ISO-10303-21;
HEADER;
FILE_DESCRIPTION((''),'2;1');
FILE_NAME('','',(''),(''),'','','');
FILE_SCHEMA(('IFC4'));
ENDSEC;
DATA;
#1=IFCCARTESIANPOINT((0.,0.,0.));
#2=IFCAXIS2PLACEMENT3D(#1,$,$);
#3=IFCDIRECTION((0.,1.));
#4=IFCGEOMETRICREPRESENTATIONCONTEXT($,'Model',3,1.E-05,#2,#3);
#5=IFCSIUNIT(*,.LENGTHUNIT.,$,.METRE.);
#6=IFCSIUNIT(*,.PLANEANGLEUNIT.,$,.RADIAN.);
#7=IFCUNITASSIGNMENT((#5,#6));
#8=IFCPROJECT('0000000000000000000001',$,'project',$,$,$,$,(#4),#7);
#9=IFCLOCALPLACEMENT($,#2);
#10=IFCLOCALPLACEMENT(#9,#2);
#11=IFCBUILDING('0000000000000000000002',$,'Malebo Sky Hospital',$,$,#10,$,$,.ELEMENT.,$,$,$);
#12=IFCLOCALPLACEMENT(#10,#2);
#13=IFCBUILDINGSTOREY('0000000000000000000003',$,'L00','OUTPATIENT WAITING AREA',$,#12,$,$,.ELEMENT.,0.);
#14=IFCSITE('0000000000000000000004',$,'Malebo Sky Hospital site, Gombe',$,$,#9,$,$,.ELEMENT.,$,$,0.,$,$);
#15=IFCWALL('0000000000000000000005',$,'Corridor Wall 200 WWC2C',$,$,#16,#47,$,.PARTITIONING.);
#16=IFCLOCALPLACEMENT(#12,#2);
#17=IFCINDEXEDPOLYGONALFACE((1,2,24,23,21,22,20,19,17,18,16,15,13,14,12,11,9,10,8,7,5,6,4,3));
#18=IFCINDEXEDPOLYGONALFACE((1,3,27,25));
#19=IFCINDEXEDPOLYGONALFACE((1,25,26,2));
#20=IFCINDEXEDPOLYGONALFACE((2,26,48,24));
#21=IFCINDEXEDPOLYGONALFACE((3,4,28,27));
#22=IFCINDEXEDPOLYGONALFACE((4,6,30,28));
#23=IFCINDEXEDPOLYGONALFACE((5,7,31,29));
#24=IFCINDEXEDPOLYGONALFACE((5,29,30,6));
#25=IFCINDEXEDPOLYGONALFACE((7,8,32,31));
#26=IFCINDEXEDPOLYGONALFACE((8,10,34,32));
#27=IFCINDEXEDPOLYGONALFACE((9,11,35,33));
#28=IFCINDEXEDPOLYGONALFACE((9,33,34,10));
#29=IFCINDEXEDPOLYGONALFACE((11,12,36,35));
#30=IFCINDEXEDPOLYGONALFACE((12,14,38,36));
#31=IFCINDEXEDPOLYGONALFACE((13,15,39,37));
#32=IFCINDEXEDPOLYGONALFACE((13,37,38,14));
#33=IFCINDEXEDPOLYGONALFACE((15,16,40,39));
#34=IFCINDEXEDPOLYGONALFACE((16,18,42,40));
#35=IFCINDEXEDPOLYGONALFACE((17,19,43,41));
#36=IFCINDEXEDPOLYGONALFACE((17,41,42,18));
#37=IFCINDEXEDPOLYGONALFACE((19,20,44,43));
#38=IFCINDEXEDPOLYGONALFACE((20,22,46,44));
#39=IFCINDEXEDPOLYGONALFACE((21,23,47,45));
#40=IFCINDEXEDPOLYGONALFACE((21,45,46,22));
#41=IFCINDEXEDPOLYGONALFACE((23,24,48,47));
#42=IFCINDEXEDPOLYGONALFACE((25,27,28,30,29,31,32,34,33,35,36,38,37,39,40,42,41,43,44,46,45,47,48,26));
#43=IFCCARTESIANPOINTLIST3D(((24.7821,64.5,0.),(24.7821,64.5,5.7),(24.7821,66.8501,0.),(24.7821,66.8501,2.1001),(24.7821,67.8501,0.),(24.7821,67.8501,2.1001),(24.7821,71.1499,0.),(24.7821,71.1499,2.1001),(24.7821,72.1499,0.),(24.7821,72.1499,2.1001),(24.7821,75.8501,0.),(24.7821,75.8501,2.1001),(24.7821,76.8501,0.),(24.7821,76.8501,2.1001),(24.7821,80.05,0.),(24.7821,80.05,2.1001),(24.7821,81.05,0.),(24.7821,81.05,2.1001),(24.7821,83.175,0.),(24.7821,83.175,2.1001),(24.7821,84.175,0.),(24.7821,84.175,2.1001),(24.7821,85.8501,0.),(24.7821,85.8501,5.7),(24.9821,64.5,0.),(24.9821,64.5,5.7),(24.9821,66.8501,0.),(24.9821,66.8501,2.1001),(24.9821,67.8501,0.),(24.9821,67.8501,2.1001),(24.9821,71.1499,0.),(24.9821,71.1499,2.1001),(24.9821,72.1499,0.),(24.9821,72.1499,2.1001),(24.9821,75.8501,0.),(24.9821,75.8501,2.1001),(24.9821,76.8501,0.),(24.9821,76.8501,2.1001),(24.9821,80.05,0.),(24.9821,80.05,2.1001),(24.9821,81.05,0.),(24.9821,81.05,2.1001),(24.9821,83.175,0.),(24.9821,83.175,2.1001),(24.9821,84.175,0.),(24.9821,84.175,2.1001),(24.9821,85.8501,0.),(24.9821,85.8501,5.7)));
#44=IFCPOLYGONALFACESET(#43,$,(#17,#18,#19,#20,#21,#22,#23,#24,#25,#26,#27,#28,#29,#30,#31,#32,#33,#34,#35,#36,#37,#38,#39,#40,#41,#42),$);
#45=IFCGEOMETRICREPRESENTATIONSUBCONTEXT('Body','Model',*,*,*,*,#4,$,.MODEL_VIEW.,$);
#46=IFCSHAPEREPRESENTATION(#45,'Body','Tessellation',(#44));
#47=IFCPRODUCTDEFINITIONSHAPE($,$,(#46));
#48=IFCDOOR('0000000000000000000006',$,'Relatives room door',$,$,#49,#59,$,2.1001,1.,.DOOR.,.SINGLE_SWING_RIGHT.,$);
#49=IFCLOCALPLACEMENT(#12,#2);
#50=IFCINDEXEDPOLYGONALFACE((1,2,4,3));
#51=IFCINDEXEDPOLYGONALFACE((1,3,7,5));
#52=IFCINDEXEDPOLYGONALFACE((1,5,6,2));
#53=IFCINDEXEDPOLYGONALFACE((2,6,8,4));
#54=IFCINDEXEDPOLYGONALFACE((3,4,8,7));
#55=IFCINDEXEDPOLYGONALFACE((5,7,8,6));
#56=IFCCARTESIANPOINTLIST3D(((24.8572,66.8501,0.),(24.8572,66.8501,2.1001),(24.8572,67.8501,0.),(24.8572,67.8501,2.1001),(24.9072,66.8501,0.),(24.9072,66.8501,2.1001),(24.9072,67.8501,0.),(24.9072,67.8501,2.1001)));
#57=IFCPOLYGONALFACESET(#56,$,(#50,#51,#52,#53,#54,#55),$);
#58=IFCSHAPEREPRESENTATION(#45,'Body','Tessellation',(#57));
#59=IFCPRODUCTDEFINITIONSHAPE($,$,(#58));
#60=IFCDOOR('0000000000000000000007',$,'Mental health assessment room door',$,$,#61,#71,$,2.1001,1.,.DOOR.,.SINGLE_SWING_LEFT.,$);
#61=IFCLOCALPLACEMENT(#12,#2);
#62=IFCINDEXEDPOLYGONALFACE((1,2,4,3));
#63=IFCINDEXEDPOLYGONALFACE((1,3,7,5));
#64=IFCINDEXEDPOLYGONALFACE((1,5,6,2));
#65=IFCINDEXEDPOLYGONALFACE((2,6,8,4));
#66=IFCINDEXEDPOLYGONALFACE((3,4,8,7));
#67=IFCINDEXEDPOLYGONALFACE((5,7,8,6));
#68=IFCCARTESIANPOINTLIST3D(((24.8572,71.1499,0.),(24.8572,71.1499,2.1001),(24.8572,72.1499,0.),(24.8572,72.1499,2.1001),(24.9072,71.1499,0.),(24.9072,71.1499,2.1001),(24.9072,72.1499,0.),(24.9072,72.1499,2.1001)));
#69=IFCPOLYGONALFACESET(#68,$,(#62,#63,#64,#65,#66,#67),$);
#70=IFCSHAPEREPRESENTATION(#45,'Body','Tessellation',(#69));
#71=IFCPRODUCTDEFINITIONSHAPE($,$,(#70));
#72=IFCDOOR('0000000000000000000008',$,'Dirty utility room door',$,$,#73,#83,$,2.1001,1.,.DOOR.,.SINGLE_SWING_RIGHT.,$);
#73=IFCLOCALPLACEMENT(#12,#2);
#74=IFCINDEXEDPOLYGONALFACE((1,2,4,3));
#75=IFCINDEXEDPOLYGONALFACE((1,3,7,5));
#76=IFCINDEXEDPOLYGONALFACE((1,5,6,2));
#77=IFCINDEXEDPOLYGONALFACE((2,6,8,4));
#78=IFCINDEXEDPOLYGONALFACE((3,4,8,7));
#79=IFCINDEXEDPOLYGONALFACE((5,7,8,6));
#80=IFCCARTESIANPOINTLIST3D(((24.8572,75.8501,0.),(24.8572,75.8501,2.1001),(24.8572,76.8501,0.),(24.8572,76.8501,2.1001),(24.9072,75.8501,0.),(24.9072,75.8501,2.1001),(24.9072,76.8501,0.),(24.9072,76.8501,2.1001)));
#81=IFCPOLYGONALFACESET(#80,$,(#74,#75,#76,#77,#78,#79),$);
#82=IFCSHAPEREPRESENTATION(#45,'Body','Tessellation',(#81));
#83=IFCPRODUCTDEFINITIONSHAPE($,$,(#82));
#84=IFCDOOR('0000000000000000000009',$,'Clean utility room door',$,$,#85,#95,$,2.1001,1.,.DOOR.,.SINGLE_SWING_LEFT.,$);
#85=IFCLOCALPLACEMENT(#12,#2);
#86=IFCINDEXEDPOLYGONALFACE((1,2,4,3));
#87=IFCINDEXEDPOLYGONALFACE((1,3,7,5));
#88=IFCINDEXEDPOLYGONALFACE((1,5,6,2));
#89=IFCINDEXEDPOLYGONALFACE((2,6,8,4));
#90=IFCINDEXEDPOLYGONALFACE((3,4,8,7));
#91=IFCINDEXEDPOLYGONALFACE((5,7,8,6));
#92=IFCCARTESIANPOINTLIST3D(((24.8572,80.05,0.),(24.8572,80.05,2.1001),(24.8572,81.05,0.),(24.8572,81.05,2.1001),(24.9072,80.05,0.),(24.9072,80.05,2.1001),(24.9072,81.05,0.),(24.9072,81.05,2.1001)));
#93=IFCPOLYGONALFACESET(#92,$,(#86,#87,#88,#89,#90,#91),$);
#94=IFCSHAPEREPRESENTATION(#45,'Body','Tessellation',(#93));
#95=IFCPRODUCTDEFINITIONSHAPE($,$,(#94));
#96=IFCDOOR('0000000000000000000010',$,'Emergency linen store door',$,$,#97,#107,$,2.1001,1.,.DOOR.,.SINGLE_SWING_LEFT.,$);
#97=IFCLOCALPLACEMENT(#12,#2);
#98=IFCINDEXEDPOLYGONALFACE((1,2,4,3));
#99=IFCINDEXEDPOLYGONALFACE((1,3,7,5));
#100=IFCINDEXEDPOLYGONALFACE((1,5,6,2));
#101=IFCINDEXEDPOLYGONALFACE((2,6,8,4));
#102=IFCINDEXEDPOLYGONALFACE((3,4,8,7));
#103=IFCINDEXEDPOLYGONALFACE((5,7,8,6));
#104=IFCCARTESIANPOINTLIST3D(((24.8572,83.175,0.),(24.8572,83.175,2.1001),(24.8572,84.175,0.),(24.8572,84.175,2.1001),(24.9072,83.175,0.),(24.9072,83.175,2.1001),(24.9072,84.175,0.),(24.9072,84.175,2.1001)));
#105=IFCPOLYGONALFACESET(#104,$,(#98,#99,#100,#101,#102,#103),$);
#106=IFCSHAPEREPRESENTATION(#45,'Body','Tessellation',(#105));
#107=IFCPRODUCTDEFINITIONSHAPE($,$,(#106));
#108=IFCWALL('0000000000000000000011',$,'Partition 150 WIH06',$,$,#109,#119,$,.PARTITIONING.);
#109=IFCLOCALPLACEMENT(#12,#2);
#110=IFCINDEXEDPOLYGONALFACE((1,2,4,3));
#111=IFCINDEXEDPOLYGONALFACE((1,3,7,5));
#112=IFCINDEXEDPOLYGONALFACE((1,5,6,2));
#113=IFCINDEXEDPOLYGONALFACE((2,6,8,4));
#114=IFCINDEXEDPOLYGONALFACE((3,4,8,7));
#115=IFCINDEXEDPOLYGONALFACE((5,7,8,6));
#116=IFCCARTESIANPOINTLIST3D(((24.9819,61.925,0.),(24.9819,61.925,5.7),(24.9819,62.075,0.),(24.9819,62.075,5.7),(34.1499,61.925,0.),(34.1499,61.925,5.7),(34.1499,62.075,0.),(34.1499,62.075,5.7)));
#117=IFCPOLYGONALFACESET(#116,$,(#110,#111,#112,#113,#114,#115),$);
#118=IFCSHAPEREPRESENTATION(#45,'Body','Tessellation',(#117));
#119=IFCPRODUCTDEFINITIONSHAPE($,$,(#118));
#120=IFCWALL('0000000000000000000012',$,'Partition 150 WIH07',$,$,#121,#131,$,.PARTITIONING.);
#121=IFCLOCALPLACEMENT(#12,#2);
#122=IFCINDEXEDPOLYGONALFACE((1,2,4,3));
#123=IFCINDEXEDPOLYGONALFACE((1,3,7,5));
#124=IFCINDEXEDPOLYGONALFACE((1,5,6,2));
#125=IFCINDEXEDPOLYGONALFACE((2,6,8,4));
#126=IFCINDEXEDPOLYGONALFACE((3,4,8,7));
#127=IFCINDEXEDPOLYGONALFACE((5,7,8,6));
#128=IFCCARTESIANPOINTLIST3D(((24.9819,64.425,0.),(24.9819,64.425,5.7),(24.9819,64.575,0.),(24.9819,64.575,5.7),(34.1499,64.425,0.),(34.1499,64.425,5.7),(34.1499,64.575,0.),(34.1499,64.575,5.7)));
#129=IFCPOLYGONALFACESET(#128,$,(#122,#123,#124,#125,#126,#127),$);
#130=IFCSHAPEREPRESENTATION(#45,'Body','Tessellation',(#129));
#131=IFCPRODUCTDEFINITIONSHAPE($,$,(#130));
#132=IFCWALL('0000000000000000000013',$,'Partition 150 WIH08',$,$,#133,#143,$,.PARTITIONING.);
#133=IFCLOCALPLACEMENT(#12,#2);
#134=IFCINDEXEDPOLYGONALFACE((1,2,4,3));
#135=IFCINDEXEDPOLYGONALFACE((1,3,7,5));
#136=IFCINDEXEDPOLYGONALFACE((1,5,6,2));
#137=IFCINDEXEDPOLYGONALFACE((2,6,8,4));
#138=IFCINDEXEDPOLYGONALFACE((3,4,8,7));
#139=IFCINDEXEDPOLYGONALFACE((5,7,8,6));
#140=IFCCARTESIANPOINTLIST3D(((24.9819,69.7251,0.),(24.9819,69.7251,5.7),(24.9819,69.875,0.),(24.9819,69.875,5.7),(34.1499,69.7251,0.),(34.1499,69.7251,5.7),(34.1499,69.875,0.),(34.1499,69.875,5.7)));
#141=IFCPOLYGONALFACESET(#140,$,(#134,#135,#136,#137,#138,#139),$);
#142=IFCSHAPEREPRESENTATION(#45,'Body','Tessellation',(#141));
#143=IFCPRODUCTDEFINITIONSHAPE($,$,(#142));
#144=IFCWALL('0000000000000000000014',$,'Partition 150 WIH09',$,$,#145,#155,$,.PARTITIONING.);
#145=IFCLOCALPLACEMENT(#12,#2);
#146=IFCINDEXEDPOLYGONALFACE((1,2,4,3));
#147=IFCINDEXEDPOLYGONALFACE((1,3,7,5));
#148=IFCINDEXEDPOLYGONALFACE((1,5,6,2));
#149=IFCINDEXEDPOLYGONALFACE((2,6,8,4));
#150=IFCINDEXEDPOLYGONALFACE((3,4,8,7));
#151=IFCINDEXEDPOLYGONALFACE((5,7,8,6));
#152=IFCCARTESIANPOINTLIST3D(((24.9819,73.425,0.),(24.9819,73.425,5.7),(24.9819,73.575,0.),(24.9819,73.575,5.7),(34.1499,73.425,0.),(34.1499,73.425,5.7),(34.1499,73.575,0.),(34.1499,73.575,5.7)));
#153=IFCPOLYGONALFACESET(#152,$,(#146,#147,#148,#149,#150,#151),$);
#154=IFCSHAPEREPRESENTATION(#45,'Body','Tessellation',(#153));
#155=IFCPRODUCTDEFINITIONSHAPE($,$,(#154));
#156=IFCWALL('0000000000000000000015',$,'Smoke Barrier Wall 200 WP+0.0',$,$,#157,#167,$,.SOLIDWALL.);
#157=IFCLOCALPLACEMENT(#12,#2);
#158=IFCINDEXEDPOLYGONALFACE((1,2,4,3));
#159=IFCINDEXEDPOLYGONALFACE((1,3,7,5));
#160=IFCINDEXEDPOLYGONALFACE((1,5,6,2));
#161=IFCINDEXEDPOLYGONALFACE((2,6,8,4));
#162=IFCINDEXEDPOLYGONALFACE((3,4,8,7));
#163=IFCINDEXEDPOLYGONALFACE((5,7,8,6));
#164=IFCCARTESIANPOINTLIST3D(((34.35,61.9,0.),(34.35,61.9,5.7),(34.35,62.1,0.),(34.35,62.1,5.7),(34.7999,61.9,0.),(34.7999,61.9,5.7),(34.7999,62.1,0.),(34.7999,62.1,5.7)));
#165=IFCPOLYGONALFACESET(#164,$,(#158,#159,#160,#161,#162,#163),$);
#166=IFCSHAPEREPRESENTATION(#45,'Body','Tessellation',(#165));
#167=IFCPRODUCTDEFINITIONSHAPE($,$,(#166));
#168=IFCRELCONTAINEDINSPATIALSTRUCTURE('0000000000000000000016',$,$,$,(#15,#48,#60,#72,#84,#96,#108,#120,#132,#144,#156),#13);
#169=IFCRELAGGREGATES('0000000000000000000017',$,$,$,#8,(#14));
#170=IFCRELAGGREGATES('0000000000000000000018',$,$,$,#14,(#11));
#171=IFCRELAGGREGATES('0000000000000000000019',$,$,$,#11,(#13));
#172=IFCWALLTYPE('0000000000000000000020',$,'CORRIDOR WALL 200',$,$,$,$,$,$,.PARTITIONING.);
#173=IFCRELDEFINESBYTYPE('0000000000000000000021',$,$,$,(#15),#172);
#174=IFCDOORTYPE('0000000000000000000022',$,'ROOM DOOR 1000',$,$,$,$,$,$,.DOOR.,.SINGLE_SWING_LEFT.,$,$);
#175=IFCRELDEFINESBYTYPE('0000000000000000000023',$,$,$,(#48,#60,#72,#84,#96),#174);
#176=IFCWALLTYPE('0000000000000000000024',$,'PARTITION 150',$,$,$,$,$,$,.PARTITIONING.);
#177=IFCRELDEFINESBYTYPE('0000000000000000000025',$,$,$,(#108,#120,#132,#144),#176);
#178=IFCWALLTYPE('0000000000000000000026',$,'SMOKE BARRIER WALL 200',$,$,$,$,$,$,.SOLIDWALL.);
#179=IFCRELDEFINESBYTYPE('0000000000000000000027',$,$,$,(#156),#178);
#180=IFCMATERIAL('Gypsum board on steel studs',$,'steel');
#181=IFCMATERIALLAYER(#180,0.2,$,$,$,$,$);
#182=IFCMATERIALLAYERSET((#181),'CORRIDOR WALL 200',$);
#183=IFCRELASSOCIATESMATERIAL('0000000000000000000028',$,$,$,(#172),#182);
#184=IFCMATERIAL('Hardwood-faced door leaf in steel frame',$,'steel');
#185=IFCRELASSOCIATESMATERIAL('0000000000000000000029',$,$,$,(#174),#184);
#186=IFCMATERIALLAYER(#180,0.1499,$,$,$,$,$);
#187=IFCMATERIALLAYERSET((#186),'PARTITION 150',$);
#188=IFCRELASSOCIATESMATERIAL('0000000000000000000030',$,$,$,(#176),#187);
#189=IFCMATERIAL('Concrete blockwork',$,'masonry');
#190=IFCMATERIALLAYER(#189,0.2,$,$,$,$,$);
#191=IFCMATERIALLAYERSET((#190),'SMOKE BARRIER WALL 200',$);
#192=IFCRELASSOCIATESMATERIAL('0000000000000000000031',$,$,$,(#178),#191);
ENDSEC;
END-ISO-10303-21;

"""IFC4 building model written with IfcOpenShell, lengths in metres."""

from ifc_helpers import new_model, si_unit, direction, frame, frame_2d, origin, place, context, subcontext, project, spatial, rectangle, extrude, material, layer, layer_set, type_object, element, fill, save


model = new_model("IFC4")

# Units and contexts
model_context = context("Model", 3, precision=1e-05, world=origin(), true_north=direction((0.0, 1.0)))
body_context = subcontext(model_context, "Body", "Model", "MODEL_VIEW")
ifc_project = project(units=[si_unit("LENGTHUNIT", "METRE"), si_unit("PLANEANGLEUNIT", "RADIAN")], contexts=[model_context])

# Site, building, storey
site_placement = place(None, origin())
site = spatial("IfcSite", under=ifc_project, at=site_placement, Name="Malebo Sky Hospital site, Gombe", CompositionType="ELEMENT", RefElevation=0.0)
building_placement = place(site_placement, origin())
building = spatial("IfcBuilding", under=site, at=building_placement, Name="Malebo Sky Hospital", CompositionType="ELEMENT")
storey_placement = place(building_placement, origin())
storey = spatial("IfcBuildingStorey", under=building, at=storey_placement, Name="L00", Description="OUTPATIENT WAITING AREA", CompositionType="ELEMENT", Elevation=0.0)

# Wall, openings, doors
ifc_material_1 = material(Name="Gypsum board on steel studs", Category="steel")
ifc_layer_1 = layer(ifc_material_1, 0.2)
ifc_layer_set_1 = layer_set([ifc_layer_1], Name="CORRIDOR WALL 200")
wall_type_1 = type_object("IfcWallType", Name="CORRIDOR WALL 200", PredefinedType="PARTITIONING", material=ifc_layer_set_1)
wall_1_placement = place(storey_placement, frame((24.8821, 64.5, 0.0), z_axis=(0.0, 0.0, 1.0), x_axis=(0.0, 1.0, 0.0)))
wall_1 = element("IfcWall", 1, at=wall_1_placement, inside=storey, type_object=wall_type_1, Name="Corridor Wall 200 WWC2C", PredefinedType="PARTITIONING", context=body_context, shape_type="SweptSolid", body=[
    extrude(rectangle(XDim=21.3501, YDim=0.2, at=frame_2d((10.675, 0.0))), origin(), (0.0, 0.0, 1.0), 5.7),
])
opening_1_placement = place(wall_1_placement, frame((2.3501, 0.0, 0.0)))
opening_1 = element("IfcOpeningElement", 2, at=opening_1_placement, cuts=wall_1, PredefinedType="OPENING", context=body_context, shape_type="SweptSolid", body=[
    extrude(rectangle(XDim=1.0, YDim=2.1001, at=frame_2d((0.5, 1.05))), frame((0.0, 0.1099, 0.0), z_axis=(0.0, -1.0, 0.0), x_axis=(1.0, 0.0, 0.0)), (0.0, 0.0, 1.0), 0.22),
])
opening_2_placement = place(wall_1_placement, frame((6.6499, 0.0, 0.0)))
opening_2 = element("IfcOpeningElement", 3, at=opening_2_placement, cuts=wall_1, PredefinedType="OPENING", context=body_context, shape_type="SweptSolid", body=[
    extrude(rectangle(XDim=1.0, YDim=2.1001, at=frame_2d((0.5, 1.05))), frame((0.0, 0.1099, 0.0), z_axis=(0.0, -1.0, 0.0), x_axis=(1.0, 0.0, 0.0)), (0.0, 0.0, 1.0), 0.22),
])
opening_3_placement = place(wall_1_placement, frame((11.3501, 0.0, 0.0)))
opening_3 = element("IfcOpeningElement", 4, at=opening_3_placement, cuts=wall_1, PredefinedType="OPENING", context=body_context, shape_type="SweptSolid", body=[
    extrude(rectangle(XDim=1.0, YDim=2.1001, at=frame_2d((0.5, 1.05))), frame((0.0, 0.1099, 0.0), z_axis=(0.0, -1.0, 0.0), x_axis=(1.0, 0.0, 0.0)), (0.0, 0.0, 1.0), 0.22),
])
opening_4_placement = place(wall_1_placement, frame((15.55, 0.0, 0.0)))
opening_4 = element("IfcOpeningElement", 5, at=opening_4_placement, cuts=wall_1, PredefinedType="OPENING", context=body_context, shape_type="SweptSolid", body=[
    extrude(rectangle(XDim=1.0, YDim=2.1001, at=frame_2d((0.5, 1.05))), frame((0.0, 0.1099, 0.0), z_axis=(0.0, -1.0, 0.0), x_axis=(1.0, 0.0, 0.0)), (0.0, 0.0, 1.0), 0.22),
])
opening_5_placement = place(wall_1_placement, frame((18.675, 0.0, 0.0)))
opening_5 = element("IfcOpeningElement", 6, at=opening_5_placement, cuts=wall_1, PredefinedType="OPENING", context=body_context, shape_type="SweptSolid", body=[
    extrude(rectangle(XDim=1.0, YDim=2.1001, at=frame_2d((0.5, 1.05))), frame((0.0, 0.1099, 0.0), z_axis=(0.0, -1.0, 0.0), x_axis=(1.0, 0.0, 0.0)), (0.0, 0.0, 1.0), 0.22),
])
ifc_material_2 = material(Name="Hardwood-faced door leaf in steel frame", Category="steel")
door_type = type_object("IfcDoorType", Name="ROOM DOOR 1000", OperationType="SINGLE_SWING_LEFT", PredefinedType="DOOR", material=ifc_material_2)
door_1_placement = place(opening_1_placement, origin())
door_1 = element("IfcDoor", 7, at=door_1_placement, inside=storey, type_object=door_type, Name="Relatives room door", OperationType="SINGLE_SWING_RIGHT", OverallHeight=2.1001, OverallWidth=1.0, PredefinedType="DOOR", context=body_context, shape_type="SweptSolid", body=[
    extrude(rectangle(XDim=1.0, YDim=2.1001, at=frame_2d((0.5, 1.05))), frame((0.0, 0.0249, 0.0), z_axis=(0.0, -1.0, 0.0), x_axis=(1.0, 0.0, 0.0)), (0.0, 0.0, 1.0), 0.05),
])
fill(opening_1, door_1)
door_2_placement = place(opening_2_placement, origin())
door_2 = element("IfcDoor", 8, at=door_2_placement, inside=storey, type_object=door_type, Name="Mental health assessment room door", OperationType="SINGLE_SWING_LEFT", OverallHeight=2.1001, OverallWidth=1.0, PredefinedType="DOOR", context=body_context, shape_type="SweptSolid", body=[
    extrude(rectangle(XDim=1.0, YDim=2.1001, at=frame_2d((0.5, 1.05))), frame((0.0, 0.0249, 0.0), z_axis=(0.0, -1.0, 0.0), x_axis=(1.0, 0.0, 0.0)), (0.0, 0.0, 1.0), 0.05),
])
fill(opening_2, door_2)
door_3_placement = place(opening_3_placement, origin())
door_3 = element("IfcDoor", 9, at=door_3_placement, inside=storey, type_object=door_type, Name="Dirty utility room door", OperationType="SINGLE_SWING_RIGHT", OverallHeight=2.1001, OverallWidth=1.0, PredefinedType="DOOR", context=body_context, shape_type="SweptSolid", body=[
    extrude(rectangle(XDim=1.0, YDim=2.1001, at=frame_2d((0.5, 1.05))), frame((0.0, 0.0249, 0.0), z_axis=(0.0, -1.0, 0.0), x_axis=(1.0, 0.0, 0.0)), (0.0, 0.0, 1.0), 0.05),
])
fill(opening_3, door_3)
door_4_placement = place(opening_4_placement, origin())
door_4 = element("IfcDoor", 10, at=door_4_placement, inside=storey, type_object=door_type, Name="Clean utility room door", OperationType="SINGLE_SWING_LEFT", OverallHeight=2.1001, OverallWidth=1.0, PredefinedType="DOOR", context=body_context, shape_type="SweptSolid", body=[
    extrude(rectangle(XDim=1.0, YDim=2.1001, at=frame_2d((0.5, 1.05))), frame((0.0, 0.0249, 0.0), z_axis=(0.0, -1.0, 0.0), x_axis=(1.0, 0.0, 0.0)), (0.0, 0.0, 1.0), 0.05),
])
fill(opening_4, door_4)
door_5_placement = place(opening_5_placement, origin())
door_5 = element("IfcDoor", 11, at=door_5_placement, inside=storey, type_object=door_type, Name="Emergency linen store door", OperationType="SINGLE_SWING_LEFT", OverallHeight=2.1001, OverallWidth=1.0, PredefinedType="DOOR", context=body_context, shape_type="SweptSolid", body=[
    extrude(rectangle(XDim=1.0, YDim=2.1001, at=frame_2d((0.5, 1.05))), frame((0.0, 0.0249, 0.0), z_axis=(0.0, -1.0, 0.0), x_axis=(1.0, 0.0, 0.0)), (0.0, 0.0, 1.0), 0.05),
])
fill(opening_5, door_5)

# Walls
ifc_layer_2 = layer(ifc_material_1, 0.1499)
ifc_layer_set_2 = layer_set([ifc_layer_2], Name="PARTITION 150")
wall_type_2 = type_object("IfcWallType", Name="PARTITION 150", PredefinedType="PARTITIONING", material=ifc_layer_set_2)
for number, where, z_axis, x_axis, name in (
    (12, (24.9819, 62.0, 0.0), (0.0, 0.0, 1.0), (1.0, 0.0, 0.0), "Partition 150 WIH06"),
    (13, (24.9819, 64.5, 0.0), (0.0, 0.0, 1.0), (1.0, 0.0, 0.0), "Partition 150 WIH07"),
    (14, (24.9819, 69.8, 0.0), (0.0, 0.0, 1.0), (1.0, 0.0, 0.0), "Partition 150 WIH08"),
    (15, (24.9819, 73.5, 0.0), (0.0, 0.0, 1.0), (1.0, 0.0, 0.0), "Partition 150 WIH09"),
):
    element("IfcWall", number, at=place(storey_placement, frame(where, z_axis=z_axis, x_axis=x_axis)), inside=storey, type_object=wall_type_2, Name=name, PredefinedType="PARTITIONING", context=body_context, shape_type="SweptSolid", body=[
        extrude(rectangle(XDim=9.168, YDim=0.1499, at=frame_2d((4.584, 0.0))), origin(), (0.0, 0.0, 1.0), 5.7),
    ])
ifc_material_3 = material(Name="Concrete blockwork", Category="masonry")
ifc_layer_3 = layer(ifc_material_3, 0.2)
ifc_layer_set_3 = layer_set([ifc_layer_3], Name="SMOKE BARRIER WALL 200")
wall_type_3 = type_object("IfcWallType", Name="SMOKE BARRIER WALL 200", PredefinedType="SOLIDWALL", material=ifc_layer_set_3)
wall_2_placement = place(storey_placement, frame((34.8, 62.0, 0.0), z_axis=(0.0, 0.0, 1.0), x_axis=(-1.0, 0.0, 0.0)))
element("IfcWall", 16, at=wall_2_placement, inside=storey, type_object=wall_type_3, Name="Smoke Barrier Wall 200 WP+0.0", PredefinedType="SOLIDWALL", context=body_context, shape_type="SweptSolid", body=[
    extrude(rectangle(XDim=0.45, YDim=0.2, at=frame_2d((0.2251, 0.0))), origin(), (0.0, 0.0, 1.0), 5.7),
])

save(model, "model.ifc")
